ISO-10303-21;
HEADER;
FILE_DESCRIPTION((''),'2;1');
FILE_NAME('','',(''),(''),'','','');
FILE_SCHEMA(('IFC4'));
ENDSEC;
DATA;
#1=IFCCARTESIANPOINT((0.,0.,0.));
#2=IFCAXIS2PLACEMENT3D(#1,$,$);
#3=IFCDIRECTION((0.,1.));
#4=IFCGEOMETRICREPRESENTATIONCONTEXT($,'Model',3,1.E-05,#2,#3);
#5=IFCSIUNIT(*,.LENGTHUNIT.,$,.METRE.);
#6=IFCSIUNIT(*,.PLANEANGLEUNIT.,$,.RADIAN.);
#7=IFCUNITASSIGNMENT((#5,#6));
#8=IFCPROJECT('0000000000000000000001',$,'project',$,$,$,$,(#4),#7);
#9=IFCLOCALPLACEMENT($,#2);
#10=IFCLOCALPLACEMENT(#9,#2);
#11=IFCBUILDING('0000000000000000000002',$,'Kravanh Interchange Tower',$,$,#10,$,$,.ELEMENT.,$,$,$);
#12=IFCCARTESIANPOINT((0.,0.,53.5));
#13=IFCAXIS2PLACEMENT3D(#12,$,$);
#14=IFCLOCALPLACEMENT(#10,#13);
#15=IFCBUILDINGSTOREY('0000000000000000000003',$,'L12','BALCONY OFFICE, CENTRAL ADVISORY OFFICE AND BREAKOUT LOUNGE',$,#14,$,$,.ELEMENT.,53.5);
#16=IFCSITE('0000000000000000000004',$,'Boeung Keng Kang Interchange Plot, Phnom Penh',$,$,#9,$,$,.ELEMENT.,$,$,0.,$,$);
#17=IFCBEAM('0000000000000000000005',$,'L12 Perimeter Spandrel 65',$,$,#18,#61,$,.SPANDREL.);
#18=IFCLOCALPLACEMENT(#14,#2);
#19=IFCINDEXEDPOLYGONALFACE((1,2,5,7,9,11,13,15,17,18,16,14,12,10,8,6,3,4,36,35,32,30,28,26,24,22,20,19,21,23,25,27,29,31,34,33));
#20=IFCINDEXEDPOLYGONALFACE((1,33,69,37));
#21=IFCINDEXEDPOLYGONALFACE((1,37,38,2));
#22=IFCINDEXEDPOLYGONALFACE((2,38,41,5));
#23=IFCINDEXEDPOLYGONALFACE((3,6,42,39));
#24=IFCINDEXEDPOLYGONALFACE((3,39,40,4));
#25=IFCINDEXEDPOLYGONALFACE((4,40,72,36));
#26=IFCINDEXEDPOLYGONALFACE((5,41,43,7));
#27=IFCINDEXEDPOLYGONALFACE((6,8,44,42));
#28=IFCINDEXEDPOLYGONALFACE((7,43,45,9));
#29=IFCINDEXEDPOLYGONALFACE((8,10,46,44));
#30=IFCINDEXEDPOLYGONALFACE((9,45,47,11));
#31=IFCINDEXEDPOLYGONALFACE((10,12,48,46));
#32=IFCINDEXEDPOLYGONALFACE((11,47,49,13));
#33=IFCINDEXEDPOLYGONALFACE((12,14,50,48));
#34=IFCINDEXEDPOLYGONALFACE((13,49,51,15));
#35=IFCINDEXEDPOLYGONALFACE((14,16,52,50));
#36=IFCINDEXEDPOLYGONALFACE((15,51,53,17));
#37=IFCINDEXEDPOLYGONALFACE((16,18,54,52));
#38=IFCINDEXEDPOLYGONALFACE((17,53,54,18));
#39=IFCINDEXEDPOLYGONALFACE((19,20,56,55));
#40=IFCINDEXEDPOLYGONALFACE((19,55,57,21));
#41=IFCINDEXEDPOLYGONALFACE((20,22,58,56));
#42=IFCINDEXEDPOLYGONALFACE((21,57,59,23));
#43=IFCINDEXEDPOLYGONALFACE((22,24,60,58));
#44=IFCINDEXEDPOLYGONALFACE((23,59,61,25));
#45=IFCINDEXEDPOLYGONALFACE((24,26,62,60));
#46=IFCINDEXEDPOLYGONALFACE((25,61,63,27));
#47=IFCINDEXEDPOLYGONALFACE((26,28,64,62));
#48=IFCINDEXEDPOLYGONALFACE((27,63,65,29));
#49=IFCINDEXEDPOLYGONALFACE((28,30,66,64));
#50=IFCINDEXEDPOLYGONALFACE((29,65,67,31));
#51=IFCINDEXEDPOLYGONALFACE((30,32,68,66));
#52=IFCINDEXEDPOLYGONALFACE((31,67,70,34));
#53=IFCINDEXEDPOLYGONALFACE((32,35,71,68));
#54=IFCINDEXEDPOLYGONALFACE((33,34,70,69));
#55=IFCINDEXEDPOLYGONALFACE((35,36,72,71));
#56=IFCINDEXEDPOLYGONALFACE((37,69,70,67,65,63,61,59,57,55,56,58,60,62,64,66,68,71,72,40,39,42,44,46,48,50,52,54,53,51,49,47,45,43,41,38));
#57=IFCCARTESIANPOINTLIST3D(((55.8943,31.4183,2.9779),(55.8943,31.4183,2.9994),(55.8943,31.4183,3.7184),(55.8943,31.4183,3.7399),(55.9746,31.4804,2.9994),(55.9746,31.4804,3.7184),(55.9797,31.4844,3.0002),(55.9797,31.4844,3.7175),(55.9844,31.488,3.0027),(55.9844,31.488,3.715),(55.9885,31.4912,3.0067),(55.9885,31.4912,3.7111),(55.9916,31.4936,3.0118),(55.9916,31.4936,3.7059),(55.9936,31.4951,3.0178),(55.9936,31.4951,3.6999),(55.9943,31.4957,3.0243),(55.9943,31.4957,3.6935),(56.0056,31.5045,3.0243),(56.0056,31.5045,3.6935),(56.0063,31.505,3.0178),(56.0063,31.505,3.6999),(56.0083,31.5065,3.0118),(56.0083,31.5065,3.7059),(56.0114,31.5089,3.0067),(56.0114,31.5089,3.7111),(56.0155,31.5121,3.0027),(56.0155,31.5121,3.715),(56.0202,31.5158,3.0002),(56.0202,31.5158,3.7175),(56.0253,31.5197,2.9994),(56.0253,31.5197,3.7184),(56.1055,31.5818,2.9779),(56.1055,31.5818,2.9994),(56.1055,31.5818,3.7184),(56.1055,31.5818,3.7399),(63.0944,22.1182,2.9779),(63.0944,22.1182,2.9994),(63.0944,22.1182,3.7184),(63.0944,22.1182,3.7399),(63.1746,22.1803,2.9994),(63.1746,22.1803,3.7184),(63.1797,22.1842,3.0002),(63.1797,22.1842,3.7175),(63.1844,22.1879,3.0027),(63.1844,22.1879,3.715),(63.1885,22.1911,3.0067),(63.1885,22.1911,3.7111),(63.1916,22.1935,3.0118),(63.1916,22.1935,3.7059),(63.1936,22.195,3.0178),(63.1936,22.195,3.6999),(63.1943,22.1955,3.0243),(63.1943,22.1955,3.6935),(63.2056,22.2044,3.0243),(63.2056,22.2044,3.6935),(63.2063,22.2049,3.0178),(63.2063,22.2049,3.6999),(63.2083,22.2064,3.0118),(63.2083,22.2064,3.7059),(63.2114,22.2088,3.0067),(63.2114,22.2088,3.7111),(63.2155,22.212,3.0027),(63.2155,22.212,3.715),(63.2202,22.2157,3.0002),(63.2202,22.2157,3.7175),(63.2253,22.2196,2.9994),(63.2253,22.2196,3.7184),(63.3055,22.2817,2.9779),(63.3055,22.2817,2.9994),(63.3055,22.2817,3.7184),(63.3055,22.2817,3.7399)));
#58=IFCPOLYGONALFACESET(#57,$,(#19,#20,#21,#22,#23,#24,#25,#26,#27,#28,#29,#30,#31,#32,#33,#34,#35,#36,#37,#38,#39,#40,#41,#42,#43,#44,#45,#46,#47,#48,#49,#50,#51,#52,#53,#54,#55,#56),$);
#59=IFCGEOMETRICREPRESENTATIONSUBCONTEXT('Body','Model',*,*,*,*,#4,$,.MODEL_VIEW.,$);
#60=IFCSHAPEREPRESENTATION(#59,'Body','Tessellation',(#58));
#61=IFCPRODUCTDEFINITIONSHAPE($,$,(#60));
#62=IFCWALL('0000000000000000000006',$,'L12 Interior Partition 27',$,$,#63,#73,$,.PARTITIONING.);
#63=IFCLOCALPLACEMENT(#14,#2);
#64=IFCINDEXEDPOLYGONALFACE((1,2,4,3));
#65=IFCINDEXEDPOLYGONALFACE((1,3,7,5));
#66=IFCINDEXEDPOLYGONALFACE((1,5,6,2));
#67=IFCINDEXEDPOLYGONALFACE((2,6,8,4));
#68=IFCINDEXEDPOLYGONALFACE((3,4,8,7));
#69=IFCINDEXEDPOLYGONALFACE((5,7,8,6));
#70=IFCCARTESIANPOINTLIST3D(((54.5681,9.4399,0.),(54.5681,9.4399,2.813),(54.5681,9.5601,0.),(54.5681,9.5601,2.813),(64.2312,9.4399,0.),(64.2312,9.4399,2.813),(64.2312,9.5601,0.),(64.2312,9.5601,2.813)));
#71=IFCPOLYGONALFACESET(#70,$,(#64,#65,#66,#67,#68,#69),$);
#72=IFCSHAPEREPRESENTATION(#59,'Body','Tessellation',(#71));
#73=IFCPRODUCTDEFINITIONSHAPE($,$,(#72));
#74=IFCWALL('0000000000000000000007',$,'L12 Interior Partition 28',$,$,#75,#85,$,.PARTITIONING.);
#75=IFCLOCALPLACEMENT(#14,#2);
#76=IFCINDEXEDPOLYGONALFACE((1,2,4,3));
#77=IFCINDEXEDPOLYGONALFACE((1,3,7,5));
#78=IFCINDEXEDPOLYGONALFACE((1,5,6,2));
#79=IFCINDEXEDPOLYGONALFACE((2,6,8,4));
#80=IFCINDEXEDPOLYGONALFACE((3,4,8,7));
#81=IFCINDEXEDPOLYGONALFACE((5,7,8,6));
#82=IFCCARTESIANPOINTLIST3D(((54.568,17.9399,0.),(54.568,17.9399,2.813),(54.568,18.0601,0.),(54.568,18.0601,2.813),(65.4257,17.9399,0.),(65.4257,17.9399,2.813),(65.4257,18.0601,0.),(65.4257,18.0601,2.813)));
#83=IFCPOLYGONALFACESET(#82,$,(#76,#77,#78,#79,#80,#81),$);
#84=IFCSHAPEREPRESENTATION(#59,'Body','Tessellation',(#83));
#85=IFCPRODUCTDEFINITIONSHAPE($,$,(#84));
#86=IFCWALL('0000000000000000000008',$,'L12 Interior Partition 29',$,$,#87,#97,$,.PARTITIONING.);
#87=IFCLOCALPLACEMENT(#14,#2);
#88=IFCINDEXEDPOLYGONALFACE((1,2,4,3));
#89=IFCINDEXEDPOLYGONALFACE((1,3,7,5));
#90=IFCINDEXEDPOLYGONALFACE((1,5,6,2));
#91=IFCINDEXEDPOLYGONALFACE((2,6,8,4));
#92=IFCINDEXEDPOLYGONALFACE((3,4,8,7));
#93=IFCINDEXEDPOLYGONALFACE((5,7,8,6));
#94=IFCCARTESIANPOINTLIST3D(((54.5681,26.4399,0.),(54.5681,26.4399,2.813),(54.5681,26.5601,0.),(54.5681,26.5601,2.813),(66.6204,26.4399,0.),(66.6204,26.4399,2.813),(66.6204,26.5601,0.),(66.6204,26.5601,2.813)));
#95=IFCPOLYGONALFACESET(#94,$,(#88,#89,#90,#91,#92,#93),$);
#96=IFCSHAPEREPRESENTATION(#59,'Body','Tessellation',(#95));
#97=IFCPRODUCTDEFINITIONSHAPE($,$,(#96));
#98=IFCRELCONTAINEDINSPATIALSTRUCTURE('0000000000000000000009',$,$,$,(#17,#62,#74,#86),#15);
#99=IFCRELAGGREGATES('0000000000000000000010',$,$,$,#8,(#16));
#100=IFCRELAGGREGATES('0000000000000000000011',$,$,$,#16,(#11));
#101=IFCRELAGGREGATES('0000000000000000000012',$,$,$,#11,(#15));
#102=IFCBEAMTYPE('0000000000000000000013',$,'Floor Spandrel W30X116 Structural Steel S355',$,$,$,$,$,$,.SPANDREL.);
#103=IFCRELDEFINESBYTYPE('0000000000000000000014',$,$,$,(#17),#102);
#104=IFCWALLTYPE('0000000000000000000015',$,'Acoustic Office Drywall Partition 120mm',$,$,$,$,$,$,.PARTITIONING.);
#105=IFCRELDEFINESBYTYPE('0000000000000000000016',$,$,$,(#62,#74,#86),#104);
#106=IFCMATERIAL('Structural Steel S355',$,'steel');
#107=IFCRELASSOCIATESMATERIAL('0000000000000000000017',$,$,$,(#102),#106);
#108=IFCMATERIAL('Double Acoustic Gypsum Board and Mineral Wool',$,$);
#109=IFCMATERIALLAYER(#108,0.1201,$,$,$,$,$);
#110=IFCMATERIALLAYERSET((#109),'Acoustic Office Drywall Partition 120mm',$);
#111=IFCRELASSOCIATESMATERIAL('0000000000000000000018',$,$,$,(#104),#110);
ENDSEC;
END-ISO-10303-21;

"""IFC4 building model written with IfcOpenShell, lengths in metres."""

from ifc_helpers import new_model, si_unit, direction, frame, frame_2d, origin, origin_2d, place, context, subcontext, project, spatial, rectangle, i_section, extrude, material, layer, layer_set, material_profile, profile_set, type_object, element, save


model = new_model("IFC4")

# Units and contexts
model_context = context("Model", 3, precision=1e-05, world=origin(), true_north=direction((0.0, 1.0)))
body_context = subcontext(model_context, "Body", "Model", "MODEL_VIEW")
ifc_project = project(units=[si_unit("LENGTHUNIT", "METRE"), si_unit("PLANEANGLEUNIT", "RADIAN")], contexts=[model_context])

# Site, building, storey
site_placement = place(None, origin())
site = spatial("IfcSite", under=ifc_project, at=site_placement, Name="Boeung Keng Kang Interchange Plot, Phnom Penh", CompositionType="ELEMENT", RefElevation=0.0)
building_placement = place(site_placement, origin())
building = spatial("IfcBuilding", under=site, at=building_placement, Name="Kravanh Interchange Tower", CompositionType="ELEMENT")
storey_placement = place(building_placement, frame((0.0, 0.0, 53.5)))
storey = spatial("IfcBuildingStorey", under=building, at=storey_placement, Name="L12", Description="BALCONY OFFICE, CENTRAL ADVISORY OFFICE AND BREAKOUT LOUNGE", CompositionType="ELEMENT", Elevation=53.5)

# Beam
ifc_material_1 = material(Name="Structural Steel S355", Category="steel")
ifc_material_profile_1 = material_profile(ifc_material_1, i_section(OverallWidth=0.2671, OverallDepth=0.762, WebThickness=0.0144, FlangeThickness=0.0215, FilletRadius=0.0249, at=origin_2d()), Name="W30X116")
ifc_profile_set_1 = profile_set([ifc_material_profile_1], Name="Structural Steel S355")
beam_type_1 = type_object("IfcBeamType", Name="Floor Spandrel W30X116 Structural Steel S355", PredefinedType="SPANDREL", material=ifc_profile_set_1)
beam_1_placement = place(storey_placement, frame((63.2, 22.2, 3.3589), z_axis=(-0.612169, 0.790727, 0.0), x_axis=(-0.790727, -0.612169, 0.0)))
element("IfcBeam", 1, at=beam_1_placement, inside=storey, type_object=beam_type_1, Name="L12 Perimeter Spandrel 65", PredefinedType="SPANDREL", context=body_context, shape_type="SweptSolid", body=[
    extrude(i_section(OverallWidth=0.2671, OverallDepth=0.762, WebThickness=0.0144, FlangeThickness=0.0215, FilletRadius=0.0249, at=origin_2d()), origin(), (0.0, 0.0, 1.0), 11.7615),
])

# Walls
ifc_material_2 = material(Name="Double Acoustic Gypsum Board and Mineral Wool")
ifc_layer_1 = layer(ifc_material_2, 0.1201)
ifc_layer_set_1 = layer_set([ifc_layer_1], Name="Acoustic Office Drywall Partition 120mm")
wall_type = type_object("IfcWallType", Name="Acoustic Office Drywall Partition 120mm", PredefinedType="PARTITIONING", material=ifc_layer_set_1)
wall_1_placement = place(storey_placement, frame((54.5681, 9.5, 0.0), z_axis=(0.0, 0.0, 1.0), x_axis=(1.0, 0.0, 0.0)))
element("IfcWall", 2, at=wall_1_placement, inside=storey, type_object=wall_type, Name="L12 Interior Partition 27", PredefinedType="PARTITIONING", context=body_context, shape_type="SweptSolid", body=[
    extrude(rectangle(XDim=9.6631, YDim=0.1201, at=frame_2d((4.8315, 0.0))), origin(), (0.0, 0.0, 1.0), 2.813),
])
wall_2_placement = place(storey_placement, frame((54.5681, 18.0, 0.0), z_axis=(0.0, 0.0, 1.0), x_axis=(1.0, 0.0, 0.0)))
element("IfcWall", 3, at=wall_2_placement, inside=storey, type_object=wall_type, Name="L12 Interior Partition 28", PredefinedType="PARTITIONING", context=body_context, shape_type="SweptSolid", body=[
    extrude(rectangle(XDim=10.8577, YDim=0.1201, at=frame_2d((5.4287, 0.0))), origin(), (0.0, 0.0, 1.0), 2.813),
])
wall_3_placement = place(storey_placement, frame((54.5681, 26.5, 0.0), z_axis=(0.0, 0.0, 1.0), x_axis=(1.0, 0.0, 0.0)))
element("IfcWall", 4, at=wall_3_placement, inside=storey, type_object=wall_type, Name="L12 Interior Partition 29", PredefinedType="PARTITIONING", context=body_context, shape_type="SweptSolid", body=[
    extrude(rectangle(XDim=12.0522, YDim=0.1201, at=frame_2d((6.0261, 0.0))), origin(), (0.0, 0.0, 1.0), 2.813),
])

save(model, "model.ifc")
